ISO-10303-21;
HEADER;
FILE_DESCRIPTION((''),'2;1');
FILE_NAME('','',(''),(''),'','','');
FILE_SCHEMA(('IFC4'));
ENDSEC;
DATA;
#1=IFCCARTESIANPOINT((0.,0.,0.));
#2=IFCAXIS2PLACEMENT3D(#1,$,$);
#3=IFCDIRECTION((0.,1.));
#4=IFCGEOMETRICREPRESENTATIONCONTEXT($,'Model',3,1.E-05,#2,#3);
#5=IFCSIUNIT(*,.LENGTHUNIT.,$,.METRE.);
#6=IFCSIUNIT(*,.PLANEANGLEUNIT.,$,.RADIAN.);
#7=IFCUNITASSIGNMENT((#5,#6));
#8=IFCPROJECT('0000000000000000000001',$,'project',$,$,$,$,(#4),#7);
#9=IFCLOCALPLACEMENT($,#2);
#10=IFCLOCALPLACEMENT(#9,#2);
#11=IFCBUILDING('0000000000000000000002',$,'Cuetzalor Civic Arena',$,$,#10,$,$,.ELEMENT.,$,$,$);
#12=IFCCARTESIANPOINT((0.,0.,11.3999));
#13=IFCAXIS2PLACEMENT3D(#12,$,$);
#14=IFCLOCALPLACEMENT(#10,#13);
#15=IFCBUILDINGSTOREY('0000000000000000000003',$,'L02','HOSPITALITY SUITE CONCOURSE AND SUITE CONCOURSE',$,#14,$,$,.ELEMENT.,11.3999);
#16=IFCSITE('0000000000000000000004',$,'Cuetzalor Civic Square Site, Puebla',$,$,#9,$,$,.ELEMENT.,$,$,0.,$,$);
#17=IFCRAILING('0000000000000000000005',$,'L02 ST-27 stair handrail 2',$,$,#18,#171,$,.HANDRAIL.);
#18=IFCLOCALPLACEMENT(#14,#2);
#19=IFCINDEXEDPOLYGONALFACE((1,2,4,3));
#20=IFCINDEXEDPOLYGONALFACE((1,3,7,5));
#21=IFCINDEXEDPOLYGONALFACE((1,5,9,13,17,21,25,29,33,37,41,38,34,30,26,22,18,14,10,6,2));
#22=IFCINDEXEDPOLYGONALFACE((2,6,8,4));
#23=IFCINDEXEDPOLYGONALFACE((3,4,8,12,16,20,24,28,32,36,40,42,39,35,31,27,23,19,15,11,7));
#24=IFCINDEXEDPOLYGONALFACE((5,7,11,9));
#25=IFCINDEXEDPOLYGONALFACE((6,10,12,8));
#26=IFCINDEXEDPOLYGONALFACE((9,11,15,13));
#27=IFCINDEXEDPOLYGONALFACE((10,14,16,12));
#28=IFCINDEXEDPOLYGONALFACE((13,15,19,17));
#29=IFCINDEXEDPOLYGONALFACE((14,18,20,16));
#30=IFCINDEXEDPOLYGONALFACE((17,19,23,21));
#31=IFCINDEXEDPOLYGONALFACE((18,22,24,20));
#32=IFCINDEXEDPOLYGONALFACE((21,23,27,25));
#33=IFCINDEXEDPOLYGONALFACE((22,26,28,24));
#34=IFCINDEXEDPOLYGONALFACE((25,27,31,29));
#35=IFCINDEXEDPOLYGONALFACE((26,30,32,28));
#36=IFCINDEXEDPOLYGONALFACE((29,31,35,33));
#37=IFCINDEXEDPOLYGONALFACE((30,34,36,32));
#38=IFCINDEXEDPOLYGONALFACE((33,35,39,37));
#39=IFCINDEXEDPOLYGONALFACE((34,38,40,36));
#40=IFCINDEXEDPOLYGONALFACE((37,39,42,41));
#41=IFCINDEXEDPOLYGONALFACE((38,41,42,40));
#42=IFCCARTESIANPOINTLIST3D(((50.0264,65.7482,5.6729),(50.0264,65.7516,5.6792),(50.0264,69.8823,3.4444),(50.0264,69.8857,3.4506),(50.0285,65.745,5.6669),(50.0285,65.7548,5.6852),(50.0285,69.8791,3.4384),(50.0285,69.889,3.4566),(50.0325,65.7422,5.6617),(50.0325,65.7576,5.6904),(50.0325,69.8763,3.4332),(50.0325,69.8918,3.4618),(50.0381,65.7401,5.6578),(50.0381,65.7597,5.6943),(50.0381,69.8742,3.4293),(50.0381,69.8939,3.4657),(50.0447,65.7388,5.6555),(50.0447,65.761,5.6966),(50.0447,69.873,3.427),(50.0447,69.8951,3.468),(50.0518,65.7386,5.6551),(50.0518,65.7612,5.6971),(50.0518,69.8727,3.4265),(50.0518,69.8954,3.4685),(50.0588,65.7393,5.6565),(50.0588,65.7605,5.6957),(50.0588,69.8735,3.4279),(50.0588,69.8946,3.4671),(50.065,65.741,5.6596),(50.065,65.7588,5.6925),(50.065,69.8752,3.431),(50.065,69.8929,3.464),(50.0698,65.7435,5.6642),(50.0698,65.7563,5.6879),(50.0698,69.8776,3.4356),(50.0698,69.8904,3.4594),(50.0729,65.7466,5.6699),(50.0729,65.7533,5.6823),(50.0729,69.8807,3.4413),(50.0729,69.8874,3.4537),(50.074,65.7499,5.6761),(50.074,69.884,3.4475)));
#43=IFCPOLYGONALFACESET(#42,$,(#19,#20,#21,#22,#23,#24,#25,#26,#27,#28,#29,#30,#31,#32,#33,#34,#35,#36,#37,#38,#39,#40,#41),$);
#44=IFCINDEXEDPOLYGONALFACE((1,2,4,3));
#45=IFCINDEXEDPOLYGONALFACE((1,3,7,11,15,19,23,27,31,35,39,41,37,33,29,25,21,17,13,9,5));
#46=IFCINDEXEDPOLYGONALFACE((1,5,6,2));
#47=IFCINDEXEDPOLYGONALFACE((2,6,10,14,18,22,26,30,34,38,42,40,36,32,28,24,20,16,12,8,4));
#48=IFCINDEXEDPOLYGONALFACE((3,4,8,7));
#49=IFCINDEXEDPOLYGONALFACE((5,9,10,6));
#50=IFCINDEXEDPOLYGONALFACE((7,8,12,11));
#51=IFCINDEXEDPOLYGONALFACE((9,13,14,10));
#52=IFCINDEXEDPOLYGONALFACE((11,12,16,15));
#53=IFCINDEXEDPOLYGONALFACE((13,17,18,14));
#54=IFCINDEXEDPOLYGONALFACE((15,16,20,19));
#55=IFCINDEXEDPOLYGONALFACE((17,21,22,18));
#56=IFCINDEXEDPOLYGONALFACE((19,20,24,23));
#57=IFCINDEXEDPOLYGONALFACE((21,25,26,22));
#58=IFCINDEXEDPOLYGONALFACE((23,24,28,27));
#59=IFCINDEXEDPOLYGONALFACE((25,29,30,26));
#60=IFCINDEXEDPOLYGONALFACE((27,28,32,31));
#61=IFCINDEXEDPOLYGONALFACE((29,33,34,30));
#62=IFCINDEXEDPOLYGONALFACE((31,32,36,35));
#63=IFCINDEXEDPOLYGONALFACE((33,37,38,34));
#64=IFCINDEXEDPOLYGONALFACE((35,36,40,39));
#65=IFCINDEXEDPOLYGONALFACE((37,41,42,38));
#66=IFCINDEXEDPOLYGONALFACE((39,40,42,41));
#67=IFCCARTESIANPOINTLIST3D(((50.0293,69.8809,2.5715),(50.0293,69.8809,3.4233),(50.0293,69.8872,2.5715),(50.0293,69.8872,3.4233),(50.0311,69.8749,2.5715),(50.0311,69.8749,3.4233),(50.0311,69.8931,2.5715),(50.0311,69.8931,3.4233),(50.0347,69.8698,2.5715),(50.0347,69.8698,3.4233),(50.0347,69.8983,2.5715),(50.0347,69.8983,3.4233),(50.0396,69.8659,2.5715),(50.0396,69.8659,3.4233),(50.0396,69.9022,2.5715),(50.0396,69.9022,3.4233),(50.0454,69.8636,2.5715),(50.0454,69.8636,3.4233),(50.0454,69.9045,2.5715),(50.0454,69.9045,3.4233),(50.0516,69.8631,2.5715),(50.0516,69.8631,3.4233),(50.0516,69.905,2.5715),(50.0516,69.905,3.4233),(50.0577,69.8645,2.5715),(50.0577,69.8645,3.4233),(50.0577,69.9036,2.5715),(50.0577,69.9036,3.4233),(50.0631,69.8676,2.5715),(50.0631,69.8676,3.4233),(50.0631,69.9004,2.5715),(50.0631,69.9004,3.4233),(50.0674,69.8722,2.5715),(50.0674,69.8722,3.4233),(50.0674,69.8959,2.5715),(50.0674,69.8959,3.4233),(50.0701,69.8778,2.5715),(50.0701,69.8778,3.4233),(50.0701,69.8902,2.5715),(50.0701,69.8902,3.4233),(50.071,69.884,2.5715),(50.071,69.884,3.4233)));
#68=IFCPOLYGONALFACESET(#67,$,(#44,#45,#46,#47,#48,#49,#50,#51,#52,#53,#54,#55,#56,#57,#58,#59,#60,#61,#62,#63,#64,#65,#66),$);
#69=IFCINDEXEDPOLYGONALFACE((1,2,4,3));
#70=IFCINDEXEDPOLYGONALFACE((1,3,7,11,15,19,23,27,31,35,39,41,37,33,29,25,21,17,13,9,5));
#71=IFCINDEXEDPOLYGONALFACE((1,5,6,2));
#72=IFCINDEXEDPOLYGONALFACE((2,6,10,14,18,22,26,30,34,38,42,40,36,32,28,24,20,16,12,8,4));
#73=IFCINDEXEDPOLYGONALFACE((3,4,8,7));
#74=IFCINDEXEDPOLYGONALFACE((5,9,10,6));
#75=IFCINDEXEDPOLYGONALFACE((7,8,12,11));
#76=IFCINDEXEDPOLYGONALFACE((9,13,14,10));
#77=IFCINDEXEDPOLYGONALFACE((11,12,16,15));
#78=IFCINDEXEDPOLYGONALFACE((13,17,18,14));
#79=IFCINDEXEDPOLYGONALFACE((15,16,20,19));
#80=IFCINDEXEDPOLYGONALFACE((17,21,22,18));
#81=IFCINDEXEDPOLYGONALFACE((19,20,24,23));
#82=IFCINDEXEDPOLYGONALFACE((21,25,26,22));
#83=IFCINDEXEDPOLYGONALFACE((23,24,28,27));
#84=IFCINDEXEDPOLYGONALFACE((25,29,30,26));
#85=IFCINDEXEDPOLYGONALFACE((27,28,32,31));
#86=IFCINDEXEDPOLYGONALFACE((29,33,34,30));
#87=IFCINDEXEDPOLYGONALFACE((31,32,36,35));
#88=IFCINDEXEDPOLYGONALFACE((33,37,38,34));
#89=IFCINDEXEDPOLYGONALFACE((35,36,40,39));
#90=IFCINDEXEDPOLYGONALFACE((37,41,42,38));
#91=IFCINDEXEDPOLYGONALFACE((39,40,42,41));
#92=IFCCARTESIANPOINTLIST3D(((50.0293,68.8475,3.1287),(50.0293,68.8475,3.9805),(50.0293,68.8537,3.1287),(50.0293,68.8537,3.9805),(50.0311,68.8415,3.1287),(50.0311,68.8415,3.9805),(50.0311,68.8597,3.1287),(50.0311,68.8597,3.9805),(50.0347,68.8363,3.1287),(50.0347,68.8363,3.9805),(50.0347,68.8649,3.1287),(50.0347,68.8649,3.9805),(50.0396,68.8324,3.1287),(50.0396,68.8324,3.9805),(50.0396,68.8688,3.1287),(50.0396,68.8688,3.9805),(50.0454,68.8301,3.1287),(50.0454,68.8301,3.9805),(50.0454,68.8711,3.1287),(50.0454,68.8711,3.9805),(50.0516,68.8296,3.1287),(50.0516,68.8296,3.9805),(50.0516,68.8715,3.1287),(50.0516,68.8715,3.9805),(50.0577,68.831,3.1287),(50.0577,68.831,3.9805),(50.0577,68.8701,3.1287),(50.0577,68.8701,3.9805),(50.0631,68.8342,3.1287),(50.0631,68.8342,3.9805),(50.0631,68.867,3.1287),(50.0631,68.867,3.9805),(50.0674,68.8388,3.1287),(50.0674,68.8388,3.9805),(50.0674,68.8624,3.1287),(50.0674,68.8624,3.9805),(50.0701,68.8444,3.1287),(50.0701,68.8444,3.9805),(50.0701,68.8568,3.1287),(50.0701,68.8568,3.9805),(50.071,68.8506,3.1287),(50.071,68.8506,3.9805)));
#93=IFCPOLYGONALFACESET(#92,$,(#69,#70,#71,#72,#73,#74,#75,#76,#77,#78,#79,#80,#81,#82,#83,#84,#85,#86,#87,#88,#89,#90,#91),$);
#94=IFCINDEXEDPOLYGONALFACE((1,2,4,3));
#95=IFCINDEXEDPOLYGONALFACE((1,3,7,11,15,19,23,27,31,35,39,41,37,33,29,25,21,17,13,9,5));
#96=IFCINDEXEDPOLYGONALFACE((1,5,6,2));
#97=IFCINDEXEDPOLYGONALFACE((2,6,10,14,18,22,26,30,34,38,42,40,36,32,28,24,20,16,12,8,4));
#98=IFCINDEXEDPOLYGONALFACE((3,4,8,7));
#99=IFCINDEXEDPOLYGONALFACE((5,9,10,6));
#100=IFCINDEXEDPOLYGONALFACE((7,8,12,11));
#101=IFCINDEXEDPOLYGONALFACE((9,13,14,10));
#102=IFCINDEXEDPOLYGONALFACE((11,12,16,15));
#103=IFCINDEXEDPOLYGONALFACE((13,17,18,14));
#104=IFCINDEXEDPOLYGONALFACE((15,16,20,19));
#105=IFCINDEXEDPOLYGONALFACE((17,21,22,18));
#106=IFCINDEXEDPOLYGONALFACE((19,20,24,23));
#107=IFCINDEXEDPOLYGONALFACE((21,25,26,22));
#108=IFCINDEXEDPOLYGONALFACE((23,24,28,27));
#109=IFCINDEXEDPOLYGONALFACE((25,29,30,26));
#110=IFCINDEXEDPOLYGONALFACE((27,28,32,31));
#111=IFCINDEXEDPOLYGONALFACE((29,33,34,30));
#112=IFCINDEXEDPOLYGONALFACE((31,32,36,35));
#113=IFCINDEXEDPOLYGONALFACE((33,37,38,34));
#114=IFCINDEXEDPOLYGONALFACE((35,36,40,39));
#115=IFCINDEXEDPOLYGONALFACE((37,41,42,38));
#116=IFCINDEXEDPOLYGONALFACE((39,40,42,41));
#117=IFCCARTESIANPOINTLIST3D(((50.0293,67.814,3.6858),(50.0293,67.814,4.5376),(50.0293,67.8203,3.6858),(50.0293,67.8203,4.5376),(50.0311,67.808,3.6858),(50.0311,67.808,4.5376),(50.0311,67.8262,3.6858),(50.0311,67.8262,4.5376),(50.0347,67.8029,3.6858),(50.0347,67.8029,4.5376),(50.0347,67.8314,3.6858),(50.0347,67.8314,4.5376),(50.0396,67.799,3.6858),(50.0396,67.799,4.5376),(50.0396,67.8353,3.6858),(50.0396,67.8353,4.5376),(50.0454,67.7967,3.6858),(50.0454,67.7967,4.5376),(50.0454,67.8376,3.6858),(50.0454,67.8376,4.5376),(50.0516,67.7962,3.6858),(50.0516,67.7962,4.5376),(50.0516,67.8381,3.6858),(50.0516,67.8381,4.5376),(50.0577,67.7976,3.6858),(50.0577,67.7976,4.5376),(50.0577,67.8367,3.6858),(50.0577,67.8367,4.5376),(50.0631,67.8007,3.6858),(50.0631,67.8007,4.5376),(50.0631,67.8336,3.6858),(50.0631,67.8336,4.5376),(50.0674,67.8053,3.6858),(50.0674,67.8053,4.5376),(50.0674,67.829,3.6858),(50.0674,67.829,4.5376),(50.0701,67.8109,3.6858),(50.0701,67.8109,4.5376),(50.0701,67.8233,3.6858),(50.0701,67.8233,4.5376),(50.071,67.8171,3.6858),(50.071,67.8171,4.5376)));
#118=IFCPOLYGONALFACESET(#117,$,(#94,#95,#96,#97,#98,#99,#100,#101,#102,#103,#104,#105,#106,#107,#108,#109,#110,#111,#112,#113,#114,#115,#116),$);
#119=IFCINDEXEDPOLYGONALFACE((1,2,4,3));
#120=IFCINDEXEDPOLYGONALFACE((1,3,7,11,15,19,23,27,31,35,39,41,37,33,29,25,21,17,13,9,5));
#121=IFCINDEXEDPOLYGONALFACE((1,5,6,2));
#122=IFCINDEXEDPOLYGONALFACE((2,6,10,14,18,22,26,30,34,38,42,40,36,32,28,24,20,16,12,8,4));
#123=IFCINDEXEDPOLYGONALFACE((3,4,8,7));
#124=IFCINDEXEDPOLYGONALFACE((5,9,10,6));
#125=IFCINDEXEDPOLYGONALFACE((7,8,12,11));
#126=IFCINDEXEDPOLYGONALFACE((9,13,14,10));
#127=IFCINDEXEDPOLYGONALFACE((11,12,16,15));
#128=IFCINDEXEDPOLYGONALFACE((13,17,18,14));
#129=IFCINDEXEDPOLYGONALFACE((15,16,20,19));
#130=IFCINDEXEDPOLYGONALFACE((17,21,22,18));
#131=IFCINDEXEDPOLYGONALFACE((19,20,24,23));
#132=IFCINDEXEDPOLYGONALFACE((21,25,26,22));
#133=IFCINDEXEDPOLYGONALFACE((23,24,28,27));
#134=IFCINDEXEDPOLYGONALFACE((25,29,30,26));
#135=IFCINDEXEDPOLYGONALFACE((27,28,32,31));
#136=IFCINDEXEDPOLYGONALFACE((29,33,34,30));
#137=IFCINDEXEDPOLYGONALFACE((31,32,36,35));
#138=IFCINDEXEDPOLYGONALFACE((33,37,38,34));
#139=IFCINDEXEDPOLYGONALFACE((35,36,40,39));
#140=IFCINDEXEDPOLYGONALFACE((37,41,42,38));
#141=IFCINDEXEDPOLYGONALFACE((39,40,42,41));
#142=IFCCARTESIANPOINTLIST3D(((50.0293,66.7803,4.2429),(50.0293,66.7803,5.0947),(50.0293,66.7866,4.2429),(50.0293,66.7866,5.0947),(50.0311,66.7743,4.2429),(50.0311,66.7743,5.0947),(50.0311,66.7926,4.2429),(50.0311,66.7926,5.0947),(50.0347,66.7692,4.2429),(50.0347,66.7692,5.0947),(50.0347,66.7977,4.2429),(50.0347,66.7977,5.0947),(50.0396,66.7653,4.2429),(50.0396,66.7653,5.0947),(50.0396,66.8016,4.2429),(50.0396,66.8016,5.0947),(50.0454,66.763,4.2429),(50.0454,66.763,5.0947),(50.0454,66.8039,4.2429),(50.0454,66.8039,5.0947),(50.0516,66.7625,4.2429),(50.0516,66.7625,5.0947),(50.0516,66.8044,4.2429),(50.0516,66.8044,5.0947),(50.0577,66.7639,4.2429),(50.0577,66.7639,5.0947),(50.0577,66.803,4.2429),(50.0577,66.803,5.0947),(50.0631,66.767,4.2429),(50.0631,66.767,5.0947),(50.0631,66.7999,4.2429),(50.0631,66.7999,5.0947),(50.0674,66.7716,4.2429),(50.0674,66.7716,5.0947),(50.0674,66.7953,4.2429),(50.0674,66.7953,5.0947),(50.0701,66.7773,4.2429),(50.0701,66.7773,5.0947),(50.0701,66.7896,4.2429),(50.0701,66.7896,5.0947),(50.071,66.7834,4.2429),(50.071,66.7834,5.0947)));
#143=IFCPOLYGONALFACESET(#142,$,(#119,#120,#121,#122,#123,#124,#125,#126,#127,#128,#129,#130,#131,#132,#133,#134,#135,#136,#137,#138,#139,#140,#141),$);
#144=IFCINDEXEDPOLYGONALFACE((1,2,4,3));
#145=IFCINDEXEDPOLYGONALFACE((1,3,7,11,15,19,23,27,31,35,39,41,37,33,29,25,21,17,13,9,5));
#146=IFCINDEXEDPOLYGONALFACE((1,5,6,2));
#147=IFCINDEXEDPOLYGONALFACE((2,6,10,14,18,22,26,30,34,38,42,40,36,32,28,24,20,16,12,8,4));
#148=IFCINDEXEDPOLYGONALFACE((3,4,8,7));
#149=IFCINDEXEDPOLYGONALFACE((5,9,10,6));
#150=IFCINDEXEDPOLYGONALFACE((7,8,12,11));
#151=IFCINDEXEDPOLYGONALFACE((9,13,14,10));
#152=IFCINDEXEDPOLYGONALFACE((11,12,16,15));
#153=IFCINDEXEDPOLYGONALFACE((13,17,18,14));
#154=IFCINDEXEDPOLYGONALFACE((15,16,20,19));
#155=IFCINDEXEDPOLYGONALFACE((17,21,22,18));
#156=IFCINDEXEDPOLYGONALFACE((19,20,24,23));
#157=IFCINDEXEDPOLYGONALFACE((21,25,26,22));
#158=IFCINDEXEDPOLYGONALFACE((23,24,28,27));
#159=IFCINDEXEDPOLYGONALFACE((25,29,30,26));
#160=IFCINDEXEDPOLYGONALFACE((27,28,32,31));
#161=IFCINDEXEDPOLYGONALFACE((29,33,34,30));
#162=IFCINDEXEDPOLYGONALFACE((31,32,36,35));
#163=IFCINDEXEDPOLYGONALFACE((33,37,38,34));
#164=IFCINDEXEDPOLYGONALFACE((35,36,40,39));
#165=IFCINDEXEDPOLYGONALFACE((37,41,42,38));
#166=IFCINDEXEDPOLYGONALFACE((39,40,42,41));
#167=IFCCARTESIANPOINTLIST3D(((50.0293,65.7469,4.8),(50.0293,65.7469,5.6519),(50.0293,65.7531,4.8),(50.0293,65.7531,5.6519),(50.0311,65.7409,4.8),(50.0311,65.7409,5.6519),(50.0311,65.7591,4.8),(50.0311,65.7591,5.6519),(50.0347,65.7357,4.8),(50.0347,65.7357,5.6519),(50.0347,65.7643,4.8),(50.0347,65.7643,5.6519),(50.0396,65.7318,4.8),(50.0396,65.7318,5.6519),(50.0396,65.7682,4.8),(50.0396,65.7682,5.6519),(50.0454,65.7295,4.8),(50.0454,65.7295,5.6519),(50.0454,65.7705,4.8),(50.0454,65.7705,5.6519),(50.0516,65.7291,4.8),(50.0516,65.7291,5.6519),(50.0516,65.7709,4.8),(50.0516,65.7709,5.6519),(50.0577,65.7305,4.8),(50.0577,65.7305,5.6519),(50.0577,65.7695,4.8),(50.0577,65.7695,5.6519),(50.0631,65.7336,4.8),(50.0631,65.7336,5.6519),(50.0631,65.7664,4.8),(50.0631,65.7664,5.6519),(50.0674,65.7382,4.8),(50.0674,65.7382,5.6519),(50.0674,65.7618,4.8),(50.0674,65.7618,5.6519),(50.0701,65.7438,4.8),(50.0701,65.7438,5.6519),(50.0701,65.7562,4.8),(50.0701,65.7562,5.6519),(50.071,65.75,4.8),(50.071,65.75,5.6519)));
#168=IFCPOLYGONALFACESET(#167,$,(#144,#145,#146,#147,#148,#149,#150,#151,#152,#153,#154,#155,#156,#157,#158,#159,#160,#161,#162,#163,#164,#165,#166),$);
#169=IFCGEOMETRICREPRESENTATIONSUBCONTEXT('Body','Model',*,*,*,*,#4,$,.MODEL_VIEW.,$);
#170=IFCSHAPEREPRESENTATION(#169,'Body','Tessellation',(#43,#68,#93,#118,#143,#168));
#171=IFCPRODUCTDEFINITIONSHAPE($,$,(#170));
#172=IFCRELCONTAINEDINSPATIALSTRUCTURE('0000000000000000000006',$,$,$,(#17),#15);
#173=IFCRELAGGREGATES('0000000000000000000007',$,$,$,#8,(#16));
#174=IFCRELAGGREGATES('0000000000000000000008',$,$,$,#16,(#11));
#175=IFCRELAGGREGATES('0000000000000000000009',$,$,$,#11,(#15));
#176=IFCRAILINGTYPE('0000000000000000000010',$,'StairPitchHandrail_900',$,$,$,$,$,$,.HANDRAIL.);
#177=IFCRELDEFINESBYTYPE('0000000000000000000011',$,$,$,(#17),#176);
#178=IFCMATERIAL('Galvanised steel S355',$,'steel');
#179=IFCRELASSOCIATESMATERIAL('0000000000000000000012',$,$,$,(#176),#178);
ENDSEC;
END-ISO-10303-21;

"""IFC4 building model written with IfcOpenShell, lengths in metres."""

from ifc_helpers import new_model, si_unit, direction, frame, origin, origin_2d, place, context, subcontext, project, spatial, circle, extrude, material, type_object, element, save


model = new_model("IFC4")

# Units and contexts
model_context = context("Model", 3, precision=1e-05, world=origin(), true_north=direction((0.0, 1.0)))
body_context = subcontext(model_context, "Body", "Model", "MODEL_VIEW")
ifc_project = project(units=[si_unit("LENGTHUNIT", "METRE"), si_unit("PLANEANGLEUNIT", "RADIAN")], contexts=[model_context])

# Site, building, storey
site_placement = place(None, origin())
site = spatial("IfcSite", under=ifc_project, at=site_placement, Name="Cuetzalor Civic Square Site, Puebla", CompositionType="ELEMENT", RefElevation=0.0)
building_placement = place(site_placement, origin())
building = spatial("IfcBuilding", under=site, at=building_placement, Name="Cuetzalor Civic Arena", CompositionType="ELEMENT")
storey_placement = place(building_placement, frame((0.0, 0.0, 11.3999)))
storey = spatial("IfcBuildingStorey", under=building, at=storey_placement, Name="L02", Description="HOSPITALITY SUITE CONCOURSE AND SUITE CONCOURSE", CompositionType="ELEMENT", Elevation=11.3999)

# Railing
ifc_material_1 = material(Name="Galvanised steel S355", Category="steel")
railing_type_1 = type_object("IfcRailingType", Name="StairPitchHandrail_900", PredefinedType="HANDRAIL", material=ifc_material_1)
railing_1_placement = place(storey_placement, frame((50.05, 69.884, 2.5715)))
element("IfcRailing", 1, at=railing_1_placement, inside=storey, type_object=railing_type_1, Name="L02 ST-27 stair handrail 2", PredefinedType="HANDRAIL", context=body_context, shape_type="SweptSolid", body=[
    extrude(circle(Radius=0.0239, at=origin_2d()), frame((0.0, 0.0, 0.876), z_axis=(0.0, -0.880249, 0.474512), x_axis=(1.0, 0.0, 0.0)), (0.0, 0.0, 1.0), 4.6965),
    extrude(circle(Radius=0.021, at=origin_2d()), origin(), (0.0, 0.0, 1.0), 0.8518),
    extrude(circle(Radius=0.021, at=origin_2d()), frame((0.0, -1.0334, 0.5571)), (0.0, 0.0, 1.0), 0.8518),
    extrude(circle(Radius=0.021, at=origin_2d()), frame((0.0, -2.0669, 1.1143)), (0.0, 0.0, 1.0), 0.8518),
    extrude(circle(Radius=0.021, at=origin_2d()), frame((0.0, -3.1006, 1.6714)), (0.0, 0.0, 1.0), 0.8518),
    extrude(circle(Radius=0.021, at=origin_2d()), frame((0.0, -4.134, 2.2285)), (0.0, 0.0, 1.0), 0.8518),
])

save(model, "model.ifc")
